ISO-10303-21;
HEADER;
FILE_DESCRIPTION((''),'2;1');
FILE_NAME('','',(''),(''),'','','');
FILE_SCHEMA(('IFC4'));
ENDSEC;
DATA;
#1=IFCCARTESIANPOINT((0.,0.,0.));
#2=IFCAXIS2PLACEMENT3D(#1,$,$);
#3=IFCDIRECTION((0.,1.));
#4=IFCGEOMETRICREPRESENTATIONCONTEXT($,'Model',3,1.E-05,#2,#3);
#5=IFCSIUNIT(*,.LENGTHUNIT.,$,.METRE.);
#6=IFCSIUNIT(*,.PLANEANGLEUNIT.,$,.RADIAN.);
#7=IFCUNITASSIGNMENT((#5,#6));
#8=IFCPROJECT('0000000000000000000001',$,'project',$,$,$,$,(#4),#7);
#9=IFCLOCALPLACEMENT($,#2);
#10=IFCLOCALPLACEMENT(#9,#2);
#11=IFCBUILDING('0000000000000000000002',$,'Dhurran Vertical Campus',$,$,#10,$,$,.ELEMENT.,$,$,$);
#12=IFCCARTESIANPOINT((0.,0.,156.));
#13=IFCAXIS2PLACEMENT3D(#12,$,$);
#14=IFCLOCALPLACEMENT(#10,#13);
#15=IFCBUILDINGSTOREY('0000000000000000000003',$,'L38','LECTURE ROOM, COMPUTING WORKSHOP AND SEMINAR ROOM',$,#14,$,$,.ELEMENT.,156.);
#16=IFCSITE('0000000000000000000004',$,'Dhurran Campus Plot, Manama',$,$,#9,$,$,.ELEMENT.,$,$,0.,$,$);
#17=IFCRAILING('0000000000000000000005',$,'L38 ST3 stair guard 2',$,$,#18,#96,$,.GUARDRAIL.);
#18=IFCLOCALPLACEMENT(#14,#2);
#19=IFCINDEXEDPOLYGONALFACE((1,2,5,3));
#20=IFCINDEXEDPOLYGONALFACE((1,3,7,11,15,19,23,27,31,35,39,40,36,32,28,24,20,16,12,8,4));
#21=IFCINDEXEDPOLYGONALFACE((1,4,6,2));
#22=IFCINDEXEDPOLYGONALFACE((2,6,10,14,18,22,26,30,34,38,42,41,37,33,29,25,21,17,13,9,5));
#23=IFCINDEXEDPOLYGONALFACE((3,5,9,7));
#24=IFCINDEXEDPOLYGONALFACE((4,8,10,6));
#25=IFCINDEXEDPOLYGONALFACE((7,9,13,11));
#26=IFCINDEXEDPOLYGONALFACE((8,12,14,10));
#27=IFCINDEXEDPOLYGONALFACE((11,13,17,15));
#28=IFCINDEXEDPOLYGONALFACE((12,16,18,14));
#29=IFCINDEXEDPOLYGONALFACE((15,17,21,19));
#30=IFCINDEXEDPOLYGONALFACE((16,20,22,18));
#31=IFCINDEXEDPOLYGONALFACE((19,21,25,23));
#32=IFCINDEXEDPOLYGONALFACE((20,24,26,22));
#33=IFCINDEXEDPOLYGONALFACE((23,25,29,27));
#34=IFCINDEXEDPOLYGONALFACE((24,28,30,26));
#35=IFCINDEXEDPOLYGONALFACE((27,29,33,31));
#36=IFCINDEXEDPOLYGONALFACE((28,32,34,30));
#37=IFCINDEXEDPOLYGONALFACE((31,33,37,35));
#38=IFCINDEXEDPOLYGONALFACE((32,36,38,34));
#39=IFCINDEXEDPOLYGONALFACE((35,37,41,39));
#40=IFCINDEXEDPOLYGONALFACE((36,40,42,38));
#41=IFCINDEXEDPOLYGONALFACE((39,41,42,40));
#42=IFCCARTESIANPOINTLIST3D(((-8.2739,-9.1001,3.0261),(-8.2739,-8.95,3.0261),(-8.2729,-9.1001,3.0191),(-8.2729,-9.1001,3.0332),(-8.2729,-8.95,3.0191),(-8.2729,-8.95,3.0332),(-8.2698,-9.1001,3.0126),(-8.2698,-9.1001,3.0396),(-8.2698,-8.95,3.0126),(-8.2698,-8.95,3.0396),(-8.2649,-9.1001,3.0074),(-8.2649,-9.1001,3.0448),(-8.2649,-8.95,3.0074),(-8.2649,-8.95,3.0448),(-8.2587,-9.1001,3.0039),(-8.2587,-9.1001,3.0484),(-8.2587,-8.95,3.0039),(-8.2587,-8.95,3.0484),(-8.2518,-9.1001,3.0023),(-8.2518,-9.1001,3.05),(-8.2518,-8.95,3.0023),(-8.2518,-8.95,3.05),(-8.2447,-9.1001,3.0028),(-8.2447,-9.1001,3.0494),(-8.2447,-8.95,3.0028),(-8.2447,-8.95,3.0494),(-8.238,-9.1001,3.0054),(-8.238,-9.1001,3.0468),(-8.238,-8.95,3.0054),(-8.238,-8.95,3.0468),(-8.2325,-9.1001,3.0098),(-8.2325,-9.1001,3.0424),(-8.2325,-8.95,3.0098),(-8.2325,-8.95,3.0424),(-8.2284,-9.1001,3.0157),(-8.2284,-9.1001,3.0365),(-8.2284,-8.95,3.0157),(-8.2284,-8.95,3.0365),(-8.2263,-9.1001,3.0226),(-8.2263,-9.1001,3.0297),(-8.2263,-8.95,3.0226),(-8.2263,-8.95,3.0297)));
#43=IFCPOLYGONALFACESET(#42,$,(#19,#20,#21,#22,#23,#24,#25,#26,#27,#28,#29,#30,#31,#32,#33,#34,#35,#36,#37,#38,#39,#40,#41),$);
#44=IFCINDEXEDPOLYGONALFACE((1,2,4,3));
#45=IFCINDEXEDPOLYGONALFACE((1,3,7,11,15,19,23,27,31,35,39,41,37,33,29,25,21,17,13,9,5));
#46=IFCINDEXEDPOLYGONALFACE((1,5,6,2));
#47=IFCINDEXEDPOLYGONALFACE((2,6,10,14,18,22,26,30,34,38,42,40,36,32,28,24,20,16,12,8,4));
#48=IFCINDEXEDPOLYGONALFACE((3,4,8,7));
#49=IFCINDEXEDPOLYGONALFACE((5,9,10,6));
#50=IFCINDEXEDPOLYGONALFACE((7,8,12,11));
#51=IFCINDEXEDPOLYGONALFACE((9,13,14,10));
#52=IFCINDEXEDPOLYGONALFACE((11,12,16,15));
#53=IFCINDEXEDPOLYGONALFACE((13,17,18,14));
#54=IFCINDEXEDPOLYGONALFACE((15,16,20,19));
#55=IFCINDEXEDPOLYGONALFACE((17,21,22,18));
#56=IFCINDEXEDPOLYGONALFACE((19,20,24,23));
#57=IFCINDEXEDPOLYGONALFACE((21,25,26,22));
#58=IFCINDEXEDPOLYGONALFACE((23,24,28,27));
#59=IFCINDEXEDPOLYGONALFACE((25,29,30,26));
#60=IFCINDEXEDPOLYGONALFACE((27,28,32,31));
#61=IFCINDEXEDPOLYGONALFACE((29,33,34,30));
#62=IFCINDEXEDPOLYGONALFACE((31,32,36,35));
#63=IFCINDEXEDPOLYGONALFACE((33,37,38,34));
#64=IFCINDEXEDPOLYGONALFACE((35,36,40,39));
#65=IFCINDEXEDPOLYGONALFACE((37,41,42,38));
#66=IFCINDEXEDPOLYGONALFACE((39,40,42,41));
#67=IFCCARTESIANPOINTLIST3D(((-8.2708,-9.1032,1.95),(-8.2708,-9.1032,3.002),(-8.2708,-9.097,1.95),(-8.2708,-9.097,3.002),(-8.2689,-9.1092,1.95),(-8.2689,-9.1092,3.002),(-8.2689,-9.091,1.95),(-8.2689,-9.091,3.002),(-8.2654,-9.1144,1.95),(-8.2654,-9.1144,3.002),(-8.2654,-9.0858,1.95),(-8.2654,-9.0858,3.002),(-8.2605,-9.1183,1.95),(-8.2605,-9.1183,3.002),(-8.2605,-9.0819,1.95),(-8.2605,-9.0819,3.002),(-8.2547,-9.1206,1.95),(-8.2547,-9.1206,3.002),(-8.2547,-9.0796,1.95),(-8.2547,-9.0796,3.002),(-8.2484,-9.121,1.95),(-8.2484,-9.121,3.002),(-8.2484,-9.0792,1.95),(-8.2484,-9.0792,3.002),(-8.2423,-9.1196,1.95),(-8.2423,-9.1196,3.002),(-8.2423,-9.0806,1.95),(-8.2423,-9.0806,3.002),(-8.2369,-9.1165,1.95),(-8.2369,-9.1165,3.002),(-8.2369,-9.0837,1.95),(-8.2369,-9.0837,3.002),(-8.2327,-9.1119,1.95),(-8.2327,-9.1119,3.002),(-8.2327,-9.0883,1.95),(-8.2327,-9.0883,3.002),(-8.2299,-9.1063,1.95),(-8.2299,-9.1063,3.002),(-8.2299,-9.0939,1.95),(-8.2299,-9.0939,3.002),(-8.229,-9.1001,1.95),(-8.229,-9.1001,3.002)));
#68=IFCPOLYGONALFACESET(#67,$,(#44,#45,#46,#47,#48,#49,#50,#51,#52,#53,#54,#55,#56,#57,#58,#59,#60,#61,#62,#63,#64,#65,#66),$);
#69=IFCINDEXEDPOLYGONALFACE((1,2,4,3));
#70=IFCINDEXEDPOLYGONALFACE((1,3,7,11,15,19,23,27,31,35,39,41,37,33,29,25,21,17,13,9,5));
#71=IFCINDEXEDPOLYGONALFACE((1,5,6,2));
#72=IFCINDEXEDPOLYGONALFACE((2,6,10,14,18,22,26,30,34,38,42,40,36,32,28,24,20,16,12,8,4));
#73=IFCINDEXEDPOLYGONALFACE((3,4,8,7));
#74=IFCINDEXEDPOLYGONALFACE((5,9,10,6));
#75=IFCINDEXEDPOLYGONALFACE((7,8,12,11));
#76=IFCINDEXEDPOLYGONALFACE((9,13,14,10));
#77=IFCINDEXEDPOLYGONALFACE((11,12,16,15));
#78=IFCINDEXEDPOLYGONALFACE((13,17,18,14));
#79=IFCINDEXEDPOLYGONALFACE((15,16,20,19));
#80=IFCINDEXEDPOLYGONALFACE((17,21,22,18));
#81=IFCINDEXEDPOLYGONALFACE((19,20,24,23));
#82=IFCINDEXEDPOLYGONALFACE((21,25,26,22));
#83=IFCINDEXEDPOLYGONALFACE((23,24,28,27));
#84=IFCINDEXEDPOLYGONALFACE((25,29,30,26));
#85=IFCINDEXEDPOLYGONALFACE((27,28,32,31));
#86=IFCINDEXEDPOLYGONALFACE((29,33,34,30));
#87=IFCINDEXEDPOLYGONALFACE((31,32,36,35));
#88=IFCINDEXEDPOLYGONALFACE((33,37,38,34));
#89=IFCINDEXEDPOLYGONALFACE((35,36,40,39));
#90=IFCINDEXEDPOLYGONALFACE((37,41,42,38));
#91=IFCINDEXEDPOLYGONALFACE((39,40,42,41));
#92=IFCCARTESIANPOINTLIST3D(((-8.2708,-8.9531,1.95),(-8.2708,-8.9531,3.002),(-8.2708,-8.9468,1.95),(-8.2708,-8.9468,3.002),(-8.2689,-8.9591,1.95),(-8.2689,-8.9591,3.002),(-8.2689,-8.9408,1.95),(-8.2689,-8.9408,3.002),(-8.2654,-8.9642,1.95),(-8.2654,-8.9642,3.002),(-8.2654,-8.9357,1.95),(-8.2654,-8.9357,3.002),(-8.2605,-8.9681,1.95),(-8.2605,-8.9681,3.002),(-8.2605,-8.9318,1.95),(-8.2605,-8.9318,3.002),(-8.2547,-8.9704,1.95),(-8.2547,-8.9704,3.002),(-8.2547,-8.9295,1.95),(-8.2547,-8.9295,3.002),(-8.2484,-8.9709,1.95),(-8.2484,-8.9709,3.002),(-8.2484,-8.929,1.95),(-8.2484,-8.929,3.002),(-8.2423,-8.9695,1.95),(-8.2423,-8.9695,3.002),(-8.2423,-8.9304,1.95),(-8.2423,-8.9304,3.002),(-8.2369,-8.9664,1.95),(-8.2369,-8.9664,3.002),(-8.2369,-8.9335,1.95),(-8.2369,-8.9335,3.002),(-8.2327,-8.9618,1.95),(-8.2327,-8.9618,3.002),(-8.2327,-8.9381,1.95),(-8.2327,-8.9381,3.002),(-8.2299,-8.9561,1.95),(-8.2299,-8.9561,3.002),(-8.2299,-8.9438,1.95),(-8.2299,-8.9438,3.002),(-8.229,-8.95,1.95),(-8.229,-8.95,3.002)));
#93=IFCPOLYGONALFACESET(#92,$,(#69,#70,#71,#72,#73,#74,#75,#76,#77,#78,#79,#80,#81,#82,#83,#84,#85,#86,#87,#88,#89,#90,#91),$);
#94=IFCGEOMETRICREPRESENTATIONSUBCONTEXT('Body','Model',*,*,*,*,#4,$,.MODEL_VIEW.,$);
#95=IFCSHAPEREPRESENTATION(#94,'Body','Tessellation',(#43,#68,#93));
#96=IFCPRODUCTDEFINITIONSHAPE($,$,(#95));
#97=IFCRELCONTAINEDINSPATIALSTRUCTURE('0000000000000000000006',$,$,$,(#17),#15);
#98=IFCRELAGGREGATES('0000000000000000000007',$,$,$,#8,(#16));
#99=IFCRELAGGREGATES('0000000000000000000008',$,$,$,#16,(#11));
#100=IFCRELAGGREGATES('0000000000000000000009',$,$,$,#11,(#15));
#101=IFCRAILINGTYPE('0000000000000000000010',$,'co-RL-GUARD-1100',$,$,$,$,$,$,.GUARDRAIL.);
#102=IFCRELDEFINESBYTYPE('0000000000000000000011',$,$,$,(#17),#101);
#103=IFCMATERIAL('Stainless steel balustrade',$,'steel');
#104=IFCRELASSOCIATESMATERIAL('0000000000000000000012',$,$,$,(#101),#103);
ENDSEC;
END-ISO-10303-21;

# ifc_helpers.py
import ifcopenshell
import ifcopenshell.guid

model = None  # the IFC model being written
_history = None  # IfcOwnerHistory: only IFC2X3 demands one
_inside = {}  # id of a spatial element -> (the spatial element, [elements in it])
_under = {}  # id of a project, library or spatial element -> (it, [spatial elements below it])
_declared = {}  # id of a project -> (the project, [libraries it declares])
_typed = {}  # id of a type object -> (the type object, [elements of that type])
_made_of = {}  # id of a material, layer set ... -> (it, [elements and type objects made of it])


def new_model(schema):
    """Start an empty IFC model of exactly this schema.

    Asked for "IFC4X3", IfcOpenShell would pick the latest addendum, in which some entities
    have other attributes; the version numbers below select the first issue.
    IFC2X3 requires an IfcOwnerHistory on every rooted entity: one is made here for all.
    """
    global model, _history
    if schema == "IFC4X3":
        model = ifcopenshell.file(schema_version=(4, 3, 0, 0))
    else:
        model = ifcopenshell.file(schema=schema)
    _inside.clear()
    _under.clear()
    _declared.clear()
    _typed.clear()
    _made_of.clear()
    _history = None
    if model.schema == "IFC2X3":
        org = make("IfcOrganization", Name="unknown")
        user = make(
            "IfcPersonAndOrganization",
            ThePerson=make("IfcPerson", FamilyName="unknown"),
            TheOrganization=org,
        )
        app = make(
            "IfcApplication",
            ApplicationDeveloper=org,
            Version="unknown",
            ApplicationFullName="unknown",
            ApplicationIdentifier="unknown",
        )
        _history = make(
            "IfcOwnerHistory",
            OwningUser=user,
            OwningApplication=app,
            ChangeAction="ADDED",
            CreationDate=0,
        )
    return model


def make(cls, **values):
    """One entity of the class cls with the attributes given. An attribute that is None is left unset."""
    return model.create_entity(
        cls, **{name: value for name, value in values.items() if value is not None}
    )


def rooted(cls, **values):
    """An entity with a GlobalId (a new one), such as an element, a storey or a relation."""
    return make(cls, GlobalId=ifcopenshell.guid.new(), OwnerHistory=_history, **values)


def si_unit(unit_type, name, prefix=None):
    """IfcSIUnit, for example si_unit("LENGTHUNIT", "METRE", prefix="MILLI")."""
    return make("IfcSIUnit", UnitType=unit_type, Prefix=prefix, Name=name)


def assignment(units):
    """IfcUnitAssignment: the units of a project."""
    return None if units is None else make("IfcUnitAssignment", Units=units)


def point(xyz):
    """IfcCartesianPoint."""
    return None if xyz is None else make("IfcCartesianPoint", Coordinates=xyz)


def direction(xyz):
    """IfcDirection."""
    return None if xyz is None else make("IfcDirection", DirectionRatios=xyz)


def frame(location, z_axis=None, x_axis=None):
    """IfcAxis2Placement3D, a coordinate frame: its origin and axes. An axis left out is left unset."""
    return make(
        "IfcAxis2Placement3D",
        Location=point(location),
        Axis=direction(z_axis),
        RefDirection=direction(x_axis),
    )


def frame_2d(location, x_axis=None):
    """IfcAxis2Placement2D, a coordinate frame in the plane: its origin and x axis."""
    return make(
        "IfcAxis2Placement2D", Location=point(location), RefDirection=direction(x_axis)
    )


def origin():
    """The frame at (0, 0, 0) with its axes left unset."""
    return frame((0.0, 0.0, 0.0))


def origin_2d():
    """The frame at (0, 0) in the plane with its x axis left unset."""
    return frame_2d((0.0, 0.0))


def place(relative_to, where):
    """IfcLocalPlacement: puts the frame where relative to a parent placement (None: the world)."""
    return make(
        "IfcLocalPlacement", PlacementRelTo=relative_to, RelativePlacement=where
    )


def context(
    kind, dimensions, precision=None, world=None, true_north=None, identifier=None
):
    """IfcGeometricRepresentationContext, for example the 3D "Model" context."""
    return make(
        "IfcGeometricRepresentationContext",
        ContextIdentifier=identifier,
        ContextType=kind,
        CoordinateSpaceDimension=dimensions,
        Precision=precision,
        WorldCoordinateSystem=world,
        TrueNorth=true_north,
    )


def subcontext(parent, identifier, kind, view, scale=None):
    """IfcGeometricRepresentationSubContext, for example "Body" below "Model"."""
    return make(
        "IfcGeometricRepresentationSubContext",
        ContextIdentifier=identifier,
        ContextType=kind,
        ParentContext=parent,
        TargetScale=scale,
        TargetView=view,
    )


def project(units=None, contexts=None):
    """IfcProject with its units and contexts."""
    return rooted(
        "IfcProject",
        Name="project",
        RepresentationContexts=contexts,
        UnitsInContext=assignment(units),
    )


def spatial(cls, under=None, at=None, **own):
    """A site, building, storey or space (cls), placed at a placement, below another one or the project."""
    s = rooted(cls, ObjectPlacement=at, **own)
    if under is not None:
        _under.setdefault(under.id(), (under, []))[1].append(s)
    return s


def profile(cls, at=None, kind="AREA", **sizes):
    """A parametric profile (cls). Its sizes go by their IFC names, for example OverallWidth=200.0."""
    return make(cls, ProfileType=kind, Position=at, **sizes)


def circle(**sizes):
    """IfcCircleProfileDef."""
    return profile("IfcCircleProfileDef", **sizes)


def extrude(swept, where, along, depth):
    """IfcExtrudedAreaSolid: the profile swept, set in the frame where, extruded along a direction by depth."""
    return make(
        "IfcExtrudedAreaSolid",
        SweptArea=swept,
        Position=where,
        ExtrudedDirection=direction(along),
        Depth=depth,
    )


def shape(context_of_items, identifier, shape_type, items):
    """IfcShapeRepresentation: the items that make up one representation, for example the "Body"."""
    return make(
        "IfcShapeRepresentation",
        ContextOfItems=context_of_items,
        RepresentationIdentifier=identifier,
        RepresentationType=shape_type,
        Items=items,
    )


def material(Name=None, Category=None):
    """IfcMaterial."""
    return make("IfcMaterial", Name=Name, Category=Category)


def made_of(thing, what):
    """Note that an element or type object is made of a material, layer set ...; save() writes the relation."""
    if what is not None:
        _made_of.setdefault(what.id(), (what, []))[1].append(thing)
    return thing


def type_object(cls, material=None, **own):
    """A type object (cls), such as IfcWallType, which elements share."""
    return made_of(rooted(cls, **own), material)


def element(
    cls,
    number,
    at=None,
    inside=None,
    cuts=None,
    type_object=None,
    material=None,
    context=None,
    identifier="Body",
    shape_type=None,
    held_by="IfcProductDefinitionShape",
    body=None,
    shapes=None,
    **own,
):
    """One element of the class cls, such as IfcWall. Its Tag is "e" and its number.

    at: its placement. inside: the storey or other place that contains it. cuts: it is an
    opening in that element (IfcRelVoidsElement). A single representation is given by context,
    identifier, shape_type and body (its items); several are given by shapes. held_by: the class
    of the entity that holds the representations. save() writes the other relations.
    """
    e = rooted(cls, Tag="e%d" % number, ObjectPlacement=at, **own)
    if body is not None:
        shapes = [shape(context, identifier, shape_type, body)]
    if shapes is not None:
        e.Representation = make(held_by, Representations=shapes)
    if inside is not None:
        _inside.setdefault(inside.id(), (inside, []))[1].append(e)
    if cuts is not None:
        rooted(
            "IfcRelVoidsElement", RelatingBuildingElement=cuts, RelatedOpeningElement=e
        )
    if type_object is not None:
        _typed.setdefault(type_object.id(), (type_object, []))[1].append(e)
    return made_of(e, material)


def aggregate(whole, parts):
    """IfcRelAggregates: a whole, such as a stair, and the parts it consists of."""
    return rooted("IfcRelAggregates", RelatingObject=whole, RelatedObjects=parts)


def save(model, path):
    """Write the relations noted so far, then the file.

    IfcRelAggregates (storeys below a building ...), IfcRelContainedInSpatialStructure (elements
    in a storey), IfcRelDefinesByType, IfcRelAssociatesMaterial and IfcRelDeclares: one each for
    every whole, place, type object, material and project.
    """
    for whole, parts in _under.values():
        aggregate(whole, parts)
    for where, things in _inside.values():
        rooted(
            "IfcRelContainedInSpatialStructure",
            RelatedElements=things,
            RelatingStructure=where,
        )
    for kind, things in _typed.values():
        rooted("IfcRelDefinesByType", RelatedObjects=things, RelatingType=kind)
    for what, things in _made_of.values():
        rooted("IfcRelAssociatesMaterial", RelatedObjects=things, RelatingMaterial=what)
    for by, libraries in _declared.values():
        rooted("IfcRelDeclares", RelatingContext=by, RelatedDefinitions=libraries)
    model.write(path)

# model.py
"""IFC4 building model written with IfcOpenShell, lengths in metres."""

from ifc_helpers import new_model, si_unit, direction, frame, origin, origin_2d, place, context, subcontext, project, spatial, circle, extrude, material, type_object, element, save


model = new_model("IFC4")

# Units and contexts
model_context = context("Model", 3, precision=1e-05, world=origin(), true_north=direction((0.0, 1.0)))
body_context = subcontext(model_context, "Body", "Model", "MODEL_VIEW")
ifc_project = project(units=[si_unit("LENGTHUNIT", "METRE"), si_unit("PLANEANGLEUNIT", "RADIAN")], contexts=[model_context])

# Site, building, storey
site_placement = place(None, origin())
site = spatial("IfcSite", under=ifc_project, at=site_placement, Name="Dhurran Campus Plot, Manama", CompositionType="ELEMENT", RefElevation=0.0)
building_placement = place(site_placement, origin())
building = spatial("IfcBuilding", under=site, at=building_placement, Name="Dhurran Vertical Campus", CompositionType="ELEMENT")
storey_placement = place(building_placement, frame((0.0, 0.0, 156.0)))
storey = spatial("IfcBuildingStorey", under=building, at=storey_placement, Name="L38", Description="LECTURE ROOM, COMPUTING WORKSHOP AND SEMINAR ROOM", CompositionType="ELEMENT", Elevation=156.0)

# Railing
ifc_material_1 = material(Name="Stainless steel balustrade", Category="steel")
railing_type_1 = type_object("IfcRailingType", Name="co-RL-GUARD-1100", PredefinedType="GUARDRAIL", material=ifc_material_1)
railing_1_placement = place(storey_placement, frame((-8.25, -9.1001, 1.95)))
element("IfcRailing", 1, at=railing_1_placement, inside=storey, type_object=railing_type_1, Name="L38 ST3 stair guard 2", PredefinedType="GUARDRAIL", context=body_context, shape_type="SweptSolid", body=[
    extrude(circle(Radius=0.0239, at=origin_2d()), frame((0.0, 0.0, 1.0762), z_axis=(0.0, 1.0, 0.0), x_axis=(-1.0, 0.0, 0.0)), (0.0, 0.0, 1.0), 0.1501),
    extrude(circle(Radius=0.021, at=origin_2d()), origin(), (0.0, 0.0, 1.0), 1.052),
    extrude(circle(Radius=0.021, at=origin_2d()), frame((0.0, 0.1501, 0.0)), (0.0, 0.0, 1.0), 1.052),
])

save(model, "model.ifc")
